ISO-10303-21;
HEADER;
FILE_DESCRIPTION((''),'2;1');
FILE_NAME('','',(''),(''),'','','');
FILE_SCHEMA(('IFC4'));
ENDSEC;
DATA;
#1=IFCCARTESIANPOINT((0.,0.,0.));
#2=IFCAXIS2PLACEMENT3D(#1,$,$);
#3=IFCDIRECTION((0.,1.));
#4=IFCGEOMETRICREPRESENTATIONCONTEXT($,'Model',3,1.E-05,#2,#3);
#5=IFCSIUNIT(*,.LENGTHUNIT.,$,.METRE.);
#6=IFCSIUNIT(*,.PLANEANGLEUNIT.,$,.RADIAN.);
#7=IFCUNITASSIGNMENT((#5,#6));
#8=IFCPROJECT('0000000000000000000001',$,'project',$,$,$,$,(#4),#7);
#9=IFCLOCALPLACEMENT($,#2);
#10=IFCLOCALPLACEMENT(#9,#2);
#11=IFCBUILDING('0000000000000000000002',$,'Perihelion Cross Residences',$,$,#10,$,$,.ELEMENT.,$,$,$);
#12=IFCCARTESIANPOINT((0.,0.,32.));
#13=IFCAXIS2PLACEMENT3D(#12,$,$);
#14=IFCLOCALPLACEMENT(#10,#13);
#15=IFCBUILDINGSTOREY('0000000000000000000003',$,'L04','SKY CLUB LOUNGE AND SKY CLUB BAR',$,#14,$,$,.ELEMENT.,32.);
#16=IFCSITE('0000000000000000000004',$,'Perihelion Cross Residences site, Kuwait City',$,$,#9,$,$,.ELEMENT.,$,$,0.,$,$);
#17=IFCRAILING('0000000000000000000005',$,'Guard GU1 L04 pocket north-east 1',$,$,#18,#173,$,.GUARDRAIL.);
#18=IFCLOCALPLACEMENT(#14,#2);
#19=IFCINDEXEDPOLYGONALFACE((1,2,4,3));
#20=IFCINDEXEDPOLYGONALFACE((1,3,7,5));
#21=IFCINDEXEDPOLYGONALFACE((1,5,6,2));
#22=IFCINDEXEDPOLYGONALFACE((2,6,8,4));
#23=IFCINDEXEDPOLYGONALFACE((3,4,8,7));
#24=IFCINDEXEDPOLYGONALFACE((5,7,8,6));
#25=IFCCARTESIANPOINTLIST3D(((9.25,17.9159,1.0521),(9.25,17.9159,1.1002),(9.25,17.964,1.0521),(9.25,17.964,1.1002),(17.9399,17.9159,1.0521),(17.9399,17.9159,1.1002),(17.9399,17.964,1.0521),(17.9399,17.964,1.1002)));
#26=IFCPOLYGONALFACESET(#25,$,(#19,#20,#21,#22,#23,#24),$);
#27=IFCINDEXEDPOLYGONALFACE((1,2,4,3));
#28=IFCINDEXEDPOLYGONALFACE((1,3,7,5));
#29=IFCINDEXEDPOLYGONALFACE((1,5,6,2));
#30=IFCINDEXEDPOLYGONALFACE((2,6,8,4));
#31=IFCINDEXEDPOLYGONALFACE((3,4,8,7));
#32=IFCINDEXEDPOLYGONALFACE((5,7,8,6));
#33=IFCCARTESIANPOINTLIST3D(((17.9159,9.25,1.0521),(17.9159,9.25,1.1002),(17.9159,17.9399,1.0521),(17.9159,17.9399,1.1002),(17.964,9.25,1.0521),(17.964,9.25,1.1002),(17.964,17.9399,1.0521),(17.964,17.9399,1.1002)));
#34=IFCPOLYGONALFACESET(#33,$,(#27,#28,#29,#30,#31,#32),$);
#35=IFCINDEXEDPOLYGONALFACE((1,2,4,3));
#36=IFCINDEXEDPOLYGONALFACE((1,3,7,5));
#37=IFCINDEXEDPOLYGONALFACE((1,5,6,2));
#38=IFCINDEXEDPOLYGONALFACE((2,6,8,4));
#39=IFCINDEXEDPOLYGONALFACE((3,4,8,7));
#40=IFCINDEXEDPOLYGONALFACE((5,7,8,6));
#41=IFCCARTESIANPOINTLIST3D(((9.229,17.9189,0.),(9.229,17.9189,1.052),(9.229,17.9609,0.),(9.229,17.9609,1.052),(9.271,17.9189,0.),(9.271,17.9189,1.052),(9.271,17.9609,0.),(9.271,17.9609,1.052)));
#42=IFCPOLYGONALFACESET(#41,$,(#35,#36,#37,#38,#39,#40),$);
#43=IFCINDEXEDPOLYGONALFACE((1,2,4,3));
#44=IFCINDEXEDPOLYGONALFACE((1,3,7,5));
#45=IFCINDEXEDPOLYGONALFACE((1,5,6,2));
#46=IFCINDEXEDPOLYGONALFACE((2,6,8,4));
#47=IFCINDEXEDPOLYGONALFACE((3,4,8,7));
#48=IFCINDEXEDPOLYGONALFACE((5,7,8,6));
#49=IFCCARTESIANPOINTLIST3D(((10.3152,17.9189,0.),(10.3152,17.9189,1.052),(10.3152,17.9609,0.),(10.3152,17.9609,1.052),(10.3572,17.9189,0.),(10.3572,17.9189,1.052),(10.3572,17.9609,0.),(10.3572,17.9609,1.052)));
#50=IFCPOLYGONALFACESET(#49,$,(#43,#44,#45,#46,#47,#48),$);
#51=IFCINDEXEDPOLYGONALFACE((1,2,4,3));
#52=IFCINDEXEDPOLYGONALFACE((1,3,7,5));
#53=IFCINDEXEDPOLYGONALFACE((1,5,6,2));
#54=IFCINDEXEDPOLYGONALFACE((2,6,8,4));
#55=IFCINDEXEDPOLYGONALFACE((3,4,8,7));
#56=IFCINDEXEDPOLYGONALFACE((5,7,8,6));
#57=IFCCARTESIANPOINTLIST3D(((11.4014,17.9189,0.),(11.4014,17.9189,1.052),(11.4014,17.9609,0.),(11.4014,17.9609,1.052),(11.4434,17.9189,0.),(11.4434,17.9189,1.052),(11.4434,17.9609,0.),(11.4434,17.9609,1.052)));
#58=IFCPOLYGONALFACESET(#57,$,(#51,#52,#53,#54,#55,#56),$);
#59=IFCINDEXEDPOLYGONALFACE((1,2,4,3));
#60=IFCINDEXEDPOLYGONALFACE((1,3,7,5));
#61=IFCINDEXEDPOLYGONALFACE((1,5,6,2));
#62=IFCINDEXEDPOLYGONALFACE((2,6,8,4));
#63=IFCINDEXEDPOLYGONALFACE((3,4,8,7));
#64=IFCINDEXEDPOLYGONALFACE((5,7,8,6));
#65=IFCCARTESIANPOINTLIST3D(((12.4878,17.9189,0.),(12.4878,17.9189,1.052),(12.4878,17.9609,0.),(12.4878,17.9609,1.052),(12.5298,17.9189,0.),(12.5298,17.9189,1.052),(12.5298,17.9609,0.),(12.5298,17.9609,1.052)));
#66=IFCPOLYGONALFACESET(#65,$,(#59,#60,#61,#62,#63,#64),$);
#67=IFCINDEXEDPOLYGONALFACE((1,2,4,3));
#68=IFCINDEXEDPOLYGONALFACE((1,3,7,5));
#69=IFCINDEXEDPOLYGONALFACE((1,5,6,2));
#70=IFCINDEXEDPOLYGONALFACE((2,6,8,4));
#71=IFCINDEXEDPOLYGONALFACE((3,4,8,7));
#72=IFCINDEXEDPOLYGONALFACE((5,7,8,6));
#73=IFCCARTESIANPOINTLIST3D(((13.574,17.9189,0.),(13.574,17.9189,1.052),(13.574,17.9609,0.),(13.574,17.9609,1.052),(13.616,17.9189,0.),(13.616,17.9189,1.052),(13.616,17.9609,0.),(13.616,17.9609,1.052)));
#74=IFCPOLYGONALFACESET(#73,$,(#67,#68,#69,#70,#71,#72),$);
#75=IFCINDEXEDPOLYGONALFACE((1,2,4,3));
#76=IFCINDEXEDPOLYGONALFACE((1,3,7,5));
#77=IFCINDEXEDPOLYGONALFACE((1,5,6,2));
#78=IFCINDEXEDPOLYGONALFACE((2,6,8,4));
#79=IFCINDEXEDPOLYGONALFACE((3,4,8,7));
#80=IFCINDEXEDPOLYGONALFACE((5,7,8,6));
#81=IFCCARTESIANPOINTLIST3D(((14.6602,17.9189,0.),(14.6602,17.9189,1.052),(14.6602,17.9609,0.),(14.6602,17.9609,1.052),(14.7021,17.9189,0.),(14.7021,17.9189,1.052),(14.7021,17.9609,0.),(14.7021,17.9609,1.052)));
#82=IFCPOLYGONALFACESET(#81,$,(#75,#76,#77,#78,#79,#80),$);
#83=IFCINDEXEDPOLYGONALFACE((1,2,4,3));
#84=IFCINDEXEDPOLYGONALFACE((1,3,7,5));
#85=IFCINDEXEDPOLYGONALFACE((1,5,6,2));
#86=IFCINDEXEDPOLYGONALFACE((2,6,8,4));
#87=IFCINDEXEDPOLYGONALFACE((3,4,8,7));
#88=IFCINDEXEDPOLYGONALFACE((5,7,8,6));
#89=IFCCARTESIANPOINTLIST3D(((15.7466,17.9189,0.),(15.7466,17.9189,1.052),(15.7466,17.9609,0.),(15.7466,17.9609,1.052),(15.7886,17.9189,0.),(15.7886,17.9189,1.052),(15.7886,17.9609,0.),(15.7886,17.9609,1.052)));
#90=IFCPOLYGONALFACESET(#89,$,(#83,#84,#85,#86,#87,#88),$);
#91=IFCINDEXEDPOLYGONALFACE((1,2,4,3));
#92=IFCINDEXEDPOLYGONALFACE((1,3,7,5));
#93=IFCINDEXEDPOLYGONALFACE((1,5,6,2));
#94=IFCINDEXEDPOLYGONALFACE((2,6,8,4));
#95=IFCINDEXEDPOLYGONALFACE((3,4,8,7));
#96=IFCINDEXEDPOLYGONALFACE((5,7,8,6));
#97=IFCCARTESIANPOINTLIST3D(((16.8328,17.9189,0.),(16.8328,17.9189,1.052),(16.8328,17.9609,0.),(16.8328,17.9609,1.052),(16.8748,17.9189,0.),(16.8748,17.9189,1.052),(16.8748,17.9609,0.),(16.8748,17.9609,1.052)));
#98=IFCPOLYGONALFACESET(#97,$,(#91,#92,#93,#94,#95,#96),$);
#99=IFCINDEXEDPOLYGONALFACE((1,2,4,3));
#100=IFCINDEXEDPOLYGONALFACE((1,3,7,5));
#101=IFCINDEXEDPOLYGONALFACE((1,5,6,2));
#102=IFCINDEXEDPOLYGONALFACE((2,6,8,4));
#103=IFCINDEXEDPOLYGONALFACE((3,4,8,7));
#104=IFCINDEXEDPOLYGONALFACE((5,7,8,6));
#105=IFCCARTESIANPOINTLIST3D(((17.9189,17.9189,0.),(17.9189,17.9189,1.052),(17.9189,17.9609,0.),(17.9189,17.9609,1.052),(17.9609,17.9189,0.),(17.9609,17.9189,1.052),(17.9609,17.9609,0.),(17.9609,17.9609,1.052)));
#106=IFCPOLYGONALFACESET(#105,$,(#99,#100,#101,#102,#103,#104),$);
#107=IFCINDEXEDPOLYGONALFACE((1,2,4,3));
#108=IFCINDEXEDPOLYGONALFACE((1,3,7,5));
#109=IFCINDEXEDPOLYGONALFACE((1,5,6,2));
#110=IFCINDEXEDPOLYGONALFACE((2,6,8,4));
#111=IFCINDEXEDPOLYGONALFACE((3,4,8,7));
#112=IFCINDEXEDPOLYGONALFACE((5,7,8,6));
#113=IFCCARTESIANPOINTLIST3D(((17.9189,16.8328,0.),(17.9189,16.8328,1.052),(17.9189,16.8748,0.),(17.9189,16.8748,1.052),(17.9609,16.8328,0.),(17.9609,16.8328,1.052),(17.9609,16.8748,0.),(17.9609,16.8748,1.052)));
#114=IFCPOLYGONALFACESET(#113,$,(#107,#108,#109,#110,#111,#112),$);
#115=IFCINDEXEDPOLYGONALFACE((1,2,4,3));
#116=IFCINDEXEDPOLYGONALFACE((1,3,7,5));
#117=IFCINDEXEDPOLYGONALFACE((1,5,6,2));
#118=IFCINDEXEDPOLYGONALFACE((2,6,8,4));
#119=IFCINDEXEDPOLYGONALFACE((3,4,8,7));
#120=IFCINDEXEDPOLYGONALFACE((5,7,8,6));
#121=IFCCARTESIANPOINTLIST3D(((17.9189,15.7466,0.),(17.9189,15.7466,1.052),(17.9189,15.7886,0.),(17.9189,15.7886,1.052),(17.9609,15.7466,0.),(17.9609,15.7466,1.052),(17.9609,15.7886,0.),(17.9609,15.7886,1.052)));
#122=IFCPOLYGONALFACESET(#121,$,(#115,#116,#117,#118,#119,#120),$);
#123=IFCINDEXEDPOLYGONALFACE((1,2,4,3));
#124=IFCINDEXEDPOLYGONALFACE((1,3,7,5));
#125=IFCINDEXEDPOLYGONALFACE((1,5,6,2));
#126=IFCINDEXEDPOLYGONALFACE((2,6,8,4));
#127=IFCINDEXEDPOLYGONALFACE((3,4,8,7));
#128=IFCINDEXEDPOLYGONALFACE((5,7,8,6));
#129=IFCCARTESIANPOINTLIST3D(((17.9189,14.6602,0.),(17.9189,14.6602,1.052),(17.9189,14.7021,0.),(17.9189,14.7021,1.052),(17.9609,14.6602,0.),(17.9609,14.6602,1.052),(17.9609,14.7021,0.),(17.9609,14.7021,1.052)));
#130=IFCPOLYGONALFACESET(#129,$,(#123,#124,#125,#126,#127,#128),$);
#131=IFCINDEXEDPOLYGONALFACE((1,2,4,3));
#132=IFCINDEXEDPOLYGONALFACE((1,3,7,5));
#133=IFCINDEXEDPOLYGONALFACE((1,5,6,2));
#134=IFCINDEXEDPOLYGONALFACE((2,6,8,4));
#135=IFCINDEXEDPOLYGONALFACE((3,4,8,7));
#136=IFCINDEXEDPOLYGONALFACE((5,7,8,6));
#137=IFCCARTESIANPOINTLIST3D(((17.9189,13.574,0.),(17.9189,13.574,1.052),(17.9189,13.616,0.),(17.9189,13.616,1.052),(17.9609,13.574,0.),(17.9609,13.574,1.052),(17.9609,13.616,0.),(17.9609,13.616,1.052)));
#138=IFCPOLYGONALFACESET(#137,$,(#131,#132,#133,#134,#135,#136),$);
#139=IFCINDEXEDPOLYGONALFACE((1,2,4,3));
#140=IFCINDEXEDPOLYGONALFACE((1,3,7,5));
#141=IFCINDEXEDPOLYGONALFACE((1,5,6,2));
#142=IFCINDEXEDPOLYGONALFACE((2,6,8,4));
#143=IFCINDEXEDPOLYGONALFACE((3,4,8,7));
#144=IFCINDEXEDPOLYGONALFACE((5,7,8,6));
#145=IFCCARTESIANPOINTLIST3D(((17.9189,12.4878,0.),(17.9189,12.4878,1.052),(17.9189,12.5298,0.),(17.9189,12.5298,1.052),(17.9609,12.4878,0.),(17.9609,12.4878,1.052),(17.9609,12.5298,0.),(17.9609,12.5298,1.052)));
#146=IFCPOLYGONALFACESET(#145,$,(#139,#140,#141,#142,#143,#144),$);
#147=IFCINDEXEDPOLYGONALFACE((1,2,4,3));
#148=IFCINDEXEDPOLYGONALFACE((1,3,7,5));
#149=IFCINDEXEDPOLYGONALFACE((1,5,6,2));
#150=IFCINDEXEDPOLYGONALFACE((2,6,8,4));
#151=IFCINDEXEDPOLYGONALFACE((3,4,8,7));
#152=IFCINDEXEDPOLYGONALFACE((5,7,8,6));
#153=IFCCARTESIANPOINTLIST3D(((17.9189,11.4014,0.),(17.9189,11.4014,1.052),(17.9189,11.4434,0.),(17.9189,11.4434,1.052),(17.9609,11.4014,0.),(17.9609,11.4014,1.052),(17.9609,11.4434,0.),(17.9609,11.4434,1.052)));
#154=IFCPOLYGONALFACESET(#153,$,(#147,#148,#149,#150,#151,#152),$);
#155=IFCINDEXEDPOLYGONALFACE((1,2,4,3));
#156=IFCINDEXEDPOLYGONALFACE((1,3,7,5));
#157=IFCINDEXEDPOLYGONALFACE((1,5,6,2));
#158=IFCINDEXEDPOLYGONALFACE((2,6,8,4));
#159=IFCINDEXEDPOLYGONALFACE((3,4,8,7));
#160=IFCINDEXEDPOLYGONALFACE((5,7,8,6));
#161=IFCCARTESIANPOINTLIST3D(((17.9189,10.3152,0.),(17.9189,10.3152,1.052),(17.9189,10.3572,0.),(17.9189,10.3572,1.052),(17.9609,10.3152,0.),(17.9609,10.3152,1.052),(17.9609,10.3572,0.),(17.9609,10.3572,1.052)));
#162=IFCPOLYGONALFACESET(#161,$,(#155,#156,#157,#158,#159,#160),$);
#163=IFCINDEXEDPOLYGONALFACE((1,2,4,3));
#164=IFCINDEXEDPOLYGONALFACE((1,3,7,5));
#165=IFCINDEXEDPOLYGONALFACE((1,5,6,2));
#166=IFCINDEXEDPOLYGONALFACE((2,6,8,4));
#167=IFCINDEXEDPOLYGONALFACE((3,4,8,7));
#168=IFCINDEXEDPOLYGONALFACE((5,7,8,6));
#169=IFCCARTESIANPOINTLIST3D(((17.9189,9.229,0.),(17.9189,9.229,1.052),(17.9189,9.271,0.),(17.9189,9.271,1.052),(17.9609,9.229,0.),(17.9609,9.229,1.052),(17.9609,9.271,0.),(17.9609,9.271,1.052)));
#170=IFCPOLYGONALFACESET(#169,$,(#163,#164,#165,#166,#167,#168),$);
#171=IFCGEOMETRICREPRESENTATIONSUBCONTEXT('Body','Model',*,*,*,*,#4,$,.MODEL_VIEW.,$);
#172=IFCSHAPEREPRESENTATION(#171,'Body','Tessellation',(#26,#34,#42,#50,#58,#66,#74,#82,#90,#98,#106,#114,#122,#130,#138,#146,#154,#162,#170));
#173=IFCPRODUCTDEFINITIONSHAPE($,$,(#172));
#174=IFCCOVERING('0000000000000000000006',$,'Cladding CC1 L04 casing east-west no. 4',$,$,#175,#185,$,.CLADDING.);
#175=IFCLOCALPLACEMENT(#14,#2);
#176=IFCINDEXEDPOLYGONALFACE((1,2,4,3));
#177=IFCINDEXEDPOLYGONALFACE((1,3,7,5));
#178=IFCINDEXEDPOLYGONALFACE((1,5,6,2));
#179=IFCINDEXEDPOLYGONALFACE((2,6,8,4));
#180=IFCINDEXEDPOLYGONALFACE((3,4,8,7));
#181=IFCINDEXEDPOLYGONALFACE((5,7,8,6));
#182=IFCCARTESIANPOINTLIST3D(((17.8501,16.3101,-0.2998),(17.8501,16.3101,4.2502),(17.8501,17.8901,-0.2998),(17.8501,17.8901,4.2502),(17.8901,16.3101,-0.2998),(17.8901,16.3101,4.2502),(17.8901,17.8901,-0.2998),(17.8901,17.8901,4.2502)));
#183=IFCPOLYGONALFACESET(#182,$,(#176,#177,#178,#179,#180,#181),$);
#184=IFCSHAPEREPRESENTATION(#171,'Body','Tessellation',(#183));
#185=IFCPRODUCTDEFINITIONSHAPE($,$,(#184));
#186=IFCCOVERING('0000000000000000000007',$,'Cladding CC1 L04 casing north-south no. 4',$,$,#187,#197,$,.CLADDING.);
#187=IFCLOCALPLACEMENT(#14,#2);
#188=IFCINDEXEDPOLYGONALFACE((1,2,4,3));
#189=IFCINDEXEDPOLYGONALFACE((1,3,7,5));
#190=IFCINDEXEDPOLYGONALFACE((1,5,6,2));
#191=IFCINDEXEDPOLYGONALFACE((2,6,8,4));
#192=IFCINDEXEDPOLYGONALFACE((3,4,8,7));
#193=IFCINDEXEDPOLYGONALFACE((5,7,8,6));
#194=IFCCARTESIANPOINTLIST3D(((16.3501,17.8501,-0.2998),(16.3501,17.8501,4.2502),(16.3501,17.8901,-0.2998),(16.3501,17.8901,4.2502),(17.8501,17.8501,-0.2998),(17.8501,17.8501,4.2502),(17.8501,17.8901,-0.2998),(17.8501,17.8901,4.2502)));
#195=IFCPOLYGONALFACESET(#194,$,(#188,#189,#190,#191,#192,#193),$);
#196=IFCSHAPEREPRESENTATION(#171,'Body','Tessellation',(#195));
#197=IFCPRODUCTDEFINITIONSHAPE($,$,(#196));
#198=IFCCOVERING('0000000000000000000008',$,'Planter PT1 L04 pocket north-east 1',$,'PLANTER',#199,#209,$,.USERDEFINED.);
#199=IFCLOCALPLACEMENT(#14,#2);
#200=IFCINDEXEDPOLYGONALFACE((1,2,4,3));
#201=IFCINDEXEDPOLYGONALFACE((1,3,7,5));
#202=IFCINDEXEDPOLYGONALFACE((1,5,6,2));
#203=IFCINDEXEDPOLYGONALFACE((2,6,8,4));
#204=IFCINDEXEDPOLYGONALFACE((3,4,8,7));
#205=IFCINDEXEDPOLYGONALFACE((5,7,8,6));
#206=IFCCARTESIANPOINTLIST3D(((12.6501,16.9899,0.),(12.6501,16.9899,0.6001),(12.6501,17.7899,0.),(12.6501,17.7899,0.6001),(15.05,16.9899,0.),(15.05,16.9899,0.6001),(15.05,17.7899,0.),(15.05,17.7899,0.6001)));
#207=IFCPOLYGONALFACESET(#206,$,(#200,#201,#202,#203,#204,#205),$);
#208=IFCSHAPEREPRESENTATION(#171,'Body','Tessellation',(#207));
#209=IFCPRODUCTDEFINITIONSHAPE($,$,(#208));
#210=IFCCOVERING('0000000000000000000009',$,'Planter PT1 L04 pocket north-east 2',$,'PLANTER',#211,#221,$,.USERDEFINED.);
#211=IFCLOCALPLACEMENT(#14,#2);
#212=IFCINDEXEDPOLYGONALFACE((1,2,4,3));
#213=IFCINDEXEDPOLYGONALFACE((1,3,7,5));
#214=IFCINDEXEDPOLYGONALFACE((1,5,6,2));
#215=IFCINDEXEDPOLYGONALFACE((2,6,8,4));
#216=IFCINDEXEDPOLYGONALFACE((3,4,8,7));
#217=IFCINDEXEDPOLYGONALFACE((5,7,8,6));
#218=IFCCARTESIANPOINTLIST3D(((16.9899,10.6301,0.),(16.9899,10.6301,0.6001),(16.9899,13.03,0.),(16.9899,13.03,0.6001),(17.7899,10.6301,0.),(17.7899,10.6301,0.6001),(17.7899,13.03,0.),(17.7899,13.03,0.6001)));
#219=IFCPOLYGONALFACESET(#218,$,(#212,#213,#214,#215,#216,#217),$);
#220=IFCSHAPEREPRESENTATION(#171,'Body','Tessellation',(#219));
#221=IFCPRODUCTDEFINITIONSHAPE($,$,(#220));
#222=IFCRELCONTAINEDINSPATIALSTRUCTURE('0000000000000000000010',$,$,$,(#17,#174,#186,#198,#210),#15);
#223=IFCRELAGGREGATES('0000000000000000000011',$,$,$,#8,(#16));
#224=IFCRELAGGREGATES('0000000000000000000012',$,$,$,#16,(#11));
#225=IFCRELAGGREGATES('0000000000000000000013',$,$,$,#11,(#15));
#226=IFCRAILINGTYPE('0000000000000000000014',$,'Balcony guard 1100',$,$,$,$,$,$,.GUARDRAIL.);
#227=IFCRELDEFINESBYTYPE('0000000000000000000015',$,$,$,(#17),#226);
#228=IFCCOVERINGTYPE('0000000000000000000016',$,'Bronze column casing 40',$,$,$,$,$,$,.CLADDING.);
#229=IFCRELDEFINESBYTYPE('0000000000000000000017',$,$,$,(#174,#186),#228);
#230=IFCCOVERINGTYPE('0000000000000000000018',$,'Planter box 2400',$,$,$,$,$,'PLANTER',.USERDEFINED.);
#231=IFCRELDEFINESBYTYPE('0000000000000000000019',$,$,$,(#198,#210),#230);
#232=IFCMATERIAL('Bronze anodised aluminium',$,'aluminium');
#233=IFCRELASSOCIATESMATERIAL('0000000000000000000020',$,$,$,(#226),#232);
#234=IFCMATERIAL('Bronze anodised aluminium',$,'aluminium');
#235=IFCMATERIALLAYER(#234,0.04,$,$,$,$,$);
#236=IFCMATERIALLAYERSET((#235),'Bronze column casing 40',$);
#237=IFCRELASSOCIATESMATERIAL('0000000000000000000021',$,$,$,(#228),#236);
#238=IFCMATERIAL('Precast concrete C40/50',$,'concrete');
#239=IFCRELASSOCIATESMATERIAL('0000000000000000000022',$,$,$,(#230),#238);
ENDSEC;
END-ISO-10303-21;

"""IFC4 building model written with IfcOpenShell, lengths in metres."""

from ifc_helpers import new_model, si_unit, direction, frame, origin, origin_2d, place, context, subcontext, project, spatial, rectangle, extrude, material, layer, layer_set, type_object, element, save


model = new_model("IFC4")

# Units and contexts
model_context = context("Model", 3, precision=1e-05, world=origin(), true_north=direction((0.0, 1.0)))
body_context = subcontext(model_context, "Body", "Model", "MODEL_VIEW")
ifc_project = project(units=[si_unit("LENGTHUNIT", "METRE"), si_unit("PLANEANGLEUNIT", "RADIAN")], contexts=[model_context])

# Site, building, storey
site_placement = place(None, origin())
site = spatial("IfcSite", under=ifc_project, at=site_placement, Name="Perihelion Cross Residences site, Kuwait City", CompositionType="ELEMENT", RefElevation=0.0)
building_placement = place(site_placement, origin())
building = spatial("IfcBuilding", under=site, at=building_placement, Name="Perihelion Cross Residences", CompositionType="ELEMENT")
storey_placement = place(building_placement, frame((0.0, 0.0, 32.0)))
storey = spatial("IfcBuildingStorey", under=building, at=storey_placement, Name="L04", Description="SKY CLUB LOUNGE AND SKY CLUB BAR", CompositionType="ELEMENT", Elevation=32.0)

# Railing
ifc_material_1 = material(Name="Bronze anodised aluminium", Category="aluminium")
railing_type = type_object("IfcRailingType", Name="Balcony guard 1100", PredefinedType="GUARDRAIL", material=ifc_material_1)
railing_placement = place(storey_placement, frame((9.25, 17.9399, 0.0)))
element("IfcRailing", 1, at=railing_placement, inside=storey, type_object=railing_type, Name="Guard GU1 L04 pocket north-east 1", PredefinedType="GUARDRAIL", context=body_context, shape_type="SweptSolid", body=[
    extrude(rectangle(XDim=0.0481, YDim=0.0481, at=origin_2d()), frame((0.0, 0.0, 1.0762), z_axis=(1.0, 0.0, 0.0), x_axis=(0.0, 1.0, 0.0)), (0.0, 0.0, 1.0), 8.6899),
    extrude(rectangle(XDim=0.0481, YDim=0.0481, at=origin_2d()), frame((8.6899, 0.0, 1.0762), z_axis=(0.0, -1.0, 0.0), x_axis=(1.0, 0.0, 0.0)), (0.0, 0.0, 1.0), 8.6899),
    extrude(rectangle(XDim=0.042, YDim=0.042, at=origin_2d()), origin(), (0.0, 0.0, 1.0), 1.052),
    extrude(rectangle(XDim=0.042, YDim=0.042, at=origin_2d()), frame((1.0862, 0.0, 0.0)), (0.0, 0.0, 1.0), 1.052),
    extrude(rectangle(XDim=0.042, YDim=0.042, at=origin_2d()), frame((2.1724, 0.0, 0.0)), (0.0, 0.0, 1.0), 1.052),
    extrude(rectangle(XDim=0.042, YDim=0.042, at=origin_2d()), frame((3.2588, 0.0, 0.0)), (0.0, 0.0, 1.0), 1.052),
    extrude(rectangle(XDim=0.042, YDim=0.042, at=origin_2d()), frame((4.345, 0.0, 0.0)), (0.0, 0.0, 1.0), 1.052),
    extrude(rectangle(XDim=0.042, YDim=0.042, at=origin_2d()), frame((5.4312, 0.0, 0.0)), (0.0, 0.0, 1.0), 1.052),
    extrude(rectangle(XDim=0.042, YDim=0.042, at=origin_2d()), frame((6.5176, 0.0, 0.0)), (0.0, 0.0, 1.0), 1.052),
    extrude(rectangle(XDim=0.042, YDim=0.042, at=origin_2d()), frame((7.6038, 0.0, 0.0)), (0.0, 0.0, 1.0), 1.052),
    extrude(rectangle(XDim=0.042, YDim=0.042, at=origin_2d()), frame((8.6899, 0.0, 0.0)), (0.0, 0.0, 1.0), 1.052),
    extrude(rectangle(XDim=0.042, YDim=0.042, at=origin_2d()), frame((8.6899, -1.0862, 0.0)), (0.0, 0.0, 1.0), 1.052),
    extrude(rectangle(XDim=0.042, YDim=0.042, at=origin_2d()), frame((8.6899, -2.1724, 0.0)), (0.0, 0.0, 1.0), 1.052),
    extrude(rectangle(XDim=0.042, YDim=0.042, at=origin_2d()), frame((8.6899, -3.2588, 0.0)), (0.0, 0.0, 1.0), 1.052),
    extrude(rectangle(XDim=0.042, YDim=0.042, at=origin_2d()), frame((8.6899, -4.345, 0.0)), (0.0, 0.0, 1.0), 1.052),
    extrude(rectangle(XDim=0.042, YDim=0.042, at=origin_2d()), frame((8.6899, -5.4312, 0.0)), (0.0, 0.0, 1.0), 1.052),
    extrude(rectangle(XDim=0.042, YDim=0.042, at=origin_2d()), frame((8.6899, -6.5176, 0.0)), (0.0, 0.0, 1.0), 1.052),
    extrude(rectangle(XDim=0.042, YDim=0.042, at=origin_2d()), frame((8.6899, -7.6038, 0.0)), (0.0, 0.0, 1.0), 1.052),
    extrude(rectangle(XDim=0.042, YDim=0.042, at=origin_2d()), frame((8.6899, -8.6899, 0.0)), (0.0, 0.0, 1.0), 1.052),
])

# Coverings
ifc_material_2 = material(Name="Bronze anodised aluminium", Category="aluminium")
ifc_layer_1 = layer(ifc_material_2, 0.04)
ifc_layer_set_1 = layer_set([ifc_layer_1], Name="Bronze column casing 40")
covering_type_1 = type_object("IfcCoveringType", Name="Bronze column casing 40", PredefinedType="CLADDING", material=ifc_layer_set_1)
covering_1_placement = place(storey_placement, frame((17.8701, 17.1001, -0.2998), z_axis=(0.0, 0.0, 1.0), x_axis=(1.0, 0.0, 0.0)))
element("IfcCovering", 2, at=covering_1_placement, inside=storey, type_object=covering_type_1, Name="Cladding CC1 L04 casing east-west no. 4", PredefinedType="CLADDING", context=body_context, shape_type="SweptSolid", body=[
    extrude(rectangle(XDim=0.04, YDim=1.5801, at=origin_2d()), origin(), (0.0, 0.0, 1.0), 4.55),
])
covering_2_placement = place(storey_placement, frame((17.1001, 17.8701, -0.2998), z_axis=(0.0, 0.0, 1.0), x_axis=(1.0, 0.0, 0.0)))
element("IfcCovering", 3, at=covering_2_placement, inside=storey, type_object=covering_type_1, Name="Cladding CC1 L04 casing north-south no. 4", PredefinedType="CLADDING", context=body_context, shape_type="SweptSolid", body=[
    extrude(rectangle(XDim=1.5, YDim=0.04, at=origin_2d()), origin(), (0.0, 0.0, 1.0), 4.55),
])
ifc_material_3 = material(Name="Precast concrete C40/50", Category="concrete")
covering_type_2 = type_object("IfcCoveringType", Name="Planter box 2400", ElementType="PLANTER", PredefinedType="USERDEFINED", material=ifc_material_3)
for number, where, z_axis, x_axis, name in (
    (4, (13.8501, 17.3899, 0.0), (0.0, 0.0, 1.0), (1.0, 0.0, 0.0), "Planter PT1 L04 pocket north-east 1"),
    (5, (17.3899, 11.8301, 0.0), (0.0, 0.0, 1.0), (0.0, -1.0, 0.0), "Planter PT1 L04 pocket north-east 2"),
):
    element("IfcCovering", number, at=place(storey_placement, frame(where, z_axis=z_axis, x_axis=x_axis)), inside=storey, type_object=covering_type_2, Name=name, ObjectType="PLANTER", PredefinedType="USERDEFINED", context=body_context, shape_type="SweptSolid", body=[
        extrude(rectangle(XDim=2.3999, YDim=0.8, at=origin_2d()), origin(), (0.0, 0.0, 1.0), 0.6001),
    ])

save(model, "model.ifc")
